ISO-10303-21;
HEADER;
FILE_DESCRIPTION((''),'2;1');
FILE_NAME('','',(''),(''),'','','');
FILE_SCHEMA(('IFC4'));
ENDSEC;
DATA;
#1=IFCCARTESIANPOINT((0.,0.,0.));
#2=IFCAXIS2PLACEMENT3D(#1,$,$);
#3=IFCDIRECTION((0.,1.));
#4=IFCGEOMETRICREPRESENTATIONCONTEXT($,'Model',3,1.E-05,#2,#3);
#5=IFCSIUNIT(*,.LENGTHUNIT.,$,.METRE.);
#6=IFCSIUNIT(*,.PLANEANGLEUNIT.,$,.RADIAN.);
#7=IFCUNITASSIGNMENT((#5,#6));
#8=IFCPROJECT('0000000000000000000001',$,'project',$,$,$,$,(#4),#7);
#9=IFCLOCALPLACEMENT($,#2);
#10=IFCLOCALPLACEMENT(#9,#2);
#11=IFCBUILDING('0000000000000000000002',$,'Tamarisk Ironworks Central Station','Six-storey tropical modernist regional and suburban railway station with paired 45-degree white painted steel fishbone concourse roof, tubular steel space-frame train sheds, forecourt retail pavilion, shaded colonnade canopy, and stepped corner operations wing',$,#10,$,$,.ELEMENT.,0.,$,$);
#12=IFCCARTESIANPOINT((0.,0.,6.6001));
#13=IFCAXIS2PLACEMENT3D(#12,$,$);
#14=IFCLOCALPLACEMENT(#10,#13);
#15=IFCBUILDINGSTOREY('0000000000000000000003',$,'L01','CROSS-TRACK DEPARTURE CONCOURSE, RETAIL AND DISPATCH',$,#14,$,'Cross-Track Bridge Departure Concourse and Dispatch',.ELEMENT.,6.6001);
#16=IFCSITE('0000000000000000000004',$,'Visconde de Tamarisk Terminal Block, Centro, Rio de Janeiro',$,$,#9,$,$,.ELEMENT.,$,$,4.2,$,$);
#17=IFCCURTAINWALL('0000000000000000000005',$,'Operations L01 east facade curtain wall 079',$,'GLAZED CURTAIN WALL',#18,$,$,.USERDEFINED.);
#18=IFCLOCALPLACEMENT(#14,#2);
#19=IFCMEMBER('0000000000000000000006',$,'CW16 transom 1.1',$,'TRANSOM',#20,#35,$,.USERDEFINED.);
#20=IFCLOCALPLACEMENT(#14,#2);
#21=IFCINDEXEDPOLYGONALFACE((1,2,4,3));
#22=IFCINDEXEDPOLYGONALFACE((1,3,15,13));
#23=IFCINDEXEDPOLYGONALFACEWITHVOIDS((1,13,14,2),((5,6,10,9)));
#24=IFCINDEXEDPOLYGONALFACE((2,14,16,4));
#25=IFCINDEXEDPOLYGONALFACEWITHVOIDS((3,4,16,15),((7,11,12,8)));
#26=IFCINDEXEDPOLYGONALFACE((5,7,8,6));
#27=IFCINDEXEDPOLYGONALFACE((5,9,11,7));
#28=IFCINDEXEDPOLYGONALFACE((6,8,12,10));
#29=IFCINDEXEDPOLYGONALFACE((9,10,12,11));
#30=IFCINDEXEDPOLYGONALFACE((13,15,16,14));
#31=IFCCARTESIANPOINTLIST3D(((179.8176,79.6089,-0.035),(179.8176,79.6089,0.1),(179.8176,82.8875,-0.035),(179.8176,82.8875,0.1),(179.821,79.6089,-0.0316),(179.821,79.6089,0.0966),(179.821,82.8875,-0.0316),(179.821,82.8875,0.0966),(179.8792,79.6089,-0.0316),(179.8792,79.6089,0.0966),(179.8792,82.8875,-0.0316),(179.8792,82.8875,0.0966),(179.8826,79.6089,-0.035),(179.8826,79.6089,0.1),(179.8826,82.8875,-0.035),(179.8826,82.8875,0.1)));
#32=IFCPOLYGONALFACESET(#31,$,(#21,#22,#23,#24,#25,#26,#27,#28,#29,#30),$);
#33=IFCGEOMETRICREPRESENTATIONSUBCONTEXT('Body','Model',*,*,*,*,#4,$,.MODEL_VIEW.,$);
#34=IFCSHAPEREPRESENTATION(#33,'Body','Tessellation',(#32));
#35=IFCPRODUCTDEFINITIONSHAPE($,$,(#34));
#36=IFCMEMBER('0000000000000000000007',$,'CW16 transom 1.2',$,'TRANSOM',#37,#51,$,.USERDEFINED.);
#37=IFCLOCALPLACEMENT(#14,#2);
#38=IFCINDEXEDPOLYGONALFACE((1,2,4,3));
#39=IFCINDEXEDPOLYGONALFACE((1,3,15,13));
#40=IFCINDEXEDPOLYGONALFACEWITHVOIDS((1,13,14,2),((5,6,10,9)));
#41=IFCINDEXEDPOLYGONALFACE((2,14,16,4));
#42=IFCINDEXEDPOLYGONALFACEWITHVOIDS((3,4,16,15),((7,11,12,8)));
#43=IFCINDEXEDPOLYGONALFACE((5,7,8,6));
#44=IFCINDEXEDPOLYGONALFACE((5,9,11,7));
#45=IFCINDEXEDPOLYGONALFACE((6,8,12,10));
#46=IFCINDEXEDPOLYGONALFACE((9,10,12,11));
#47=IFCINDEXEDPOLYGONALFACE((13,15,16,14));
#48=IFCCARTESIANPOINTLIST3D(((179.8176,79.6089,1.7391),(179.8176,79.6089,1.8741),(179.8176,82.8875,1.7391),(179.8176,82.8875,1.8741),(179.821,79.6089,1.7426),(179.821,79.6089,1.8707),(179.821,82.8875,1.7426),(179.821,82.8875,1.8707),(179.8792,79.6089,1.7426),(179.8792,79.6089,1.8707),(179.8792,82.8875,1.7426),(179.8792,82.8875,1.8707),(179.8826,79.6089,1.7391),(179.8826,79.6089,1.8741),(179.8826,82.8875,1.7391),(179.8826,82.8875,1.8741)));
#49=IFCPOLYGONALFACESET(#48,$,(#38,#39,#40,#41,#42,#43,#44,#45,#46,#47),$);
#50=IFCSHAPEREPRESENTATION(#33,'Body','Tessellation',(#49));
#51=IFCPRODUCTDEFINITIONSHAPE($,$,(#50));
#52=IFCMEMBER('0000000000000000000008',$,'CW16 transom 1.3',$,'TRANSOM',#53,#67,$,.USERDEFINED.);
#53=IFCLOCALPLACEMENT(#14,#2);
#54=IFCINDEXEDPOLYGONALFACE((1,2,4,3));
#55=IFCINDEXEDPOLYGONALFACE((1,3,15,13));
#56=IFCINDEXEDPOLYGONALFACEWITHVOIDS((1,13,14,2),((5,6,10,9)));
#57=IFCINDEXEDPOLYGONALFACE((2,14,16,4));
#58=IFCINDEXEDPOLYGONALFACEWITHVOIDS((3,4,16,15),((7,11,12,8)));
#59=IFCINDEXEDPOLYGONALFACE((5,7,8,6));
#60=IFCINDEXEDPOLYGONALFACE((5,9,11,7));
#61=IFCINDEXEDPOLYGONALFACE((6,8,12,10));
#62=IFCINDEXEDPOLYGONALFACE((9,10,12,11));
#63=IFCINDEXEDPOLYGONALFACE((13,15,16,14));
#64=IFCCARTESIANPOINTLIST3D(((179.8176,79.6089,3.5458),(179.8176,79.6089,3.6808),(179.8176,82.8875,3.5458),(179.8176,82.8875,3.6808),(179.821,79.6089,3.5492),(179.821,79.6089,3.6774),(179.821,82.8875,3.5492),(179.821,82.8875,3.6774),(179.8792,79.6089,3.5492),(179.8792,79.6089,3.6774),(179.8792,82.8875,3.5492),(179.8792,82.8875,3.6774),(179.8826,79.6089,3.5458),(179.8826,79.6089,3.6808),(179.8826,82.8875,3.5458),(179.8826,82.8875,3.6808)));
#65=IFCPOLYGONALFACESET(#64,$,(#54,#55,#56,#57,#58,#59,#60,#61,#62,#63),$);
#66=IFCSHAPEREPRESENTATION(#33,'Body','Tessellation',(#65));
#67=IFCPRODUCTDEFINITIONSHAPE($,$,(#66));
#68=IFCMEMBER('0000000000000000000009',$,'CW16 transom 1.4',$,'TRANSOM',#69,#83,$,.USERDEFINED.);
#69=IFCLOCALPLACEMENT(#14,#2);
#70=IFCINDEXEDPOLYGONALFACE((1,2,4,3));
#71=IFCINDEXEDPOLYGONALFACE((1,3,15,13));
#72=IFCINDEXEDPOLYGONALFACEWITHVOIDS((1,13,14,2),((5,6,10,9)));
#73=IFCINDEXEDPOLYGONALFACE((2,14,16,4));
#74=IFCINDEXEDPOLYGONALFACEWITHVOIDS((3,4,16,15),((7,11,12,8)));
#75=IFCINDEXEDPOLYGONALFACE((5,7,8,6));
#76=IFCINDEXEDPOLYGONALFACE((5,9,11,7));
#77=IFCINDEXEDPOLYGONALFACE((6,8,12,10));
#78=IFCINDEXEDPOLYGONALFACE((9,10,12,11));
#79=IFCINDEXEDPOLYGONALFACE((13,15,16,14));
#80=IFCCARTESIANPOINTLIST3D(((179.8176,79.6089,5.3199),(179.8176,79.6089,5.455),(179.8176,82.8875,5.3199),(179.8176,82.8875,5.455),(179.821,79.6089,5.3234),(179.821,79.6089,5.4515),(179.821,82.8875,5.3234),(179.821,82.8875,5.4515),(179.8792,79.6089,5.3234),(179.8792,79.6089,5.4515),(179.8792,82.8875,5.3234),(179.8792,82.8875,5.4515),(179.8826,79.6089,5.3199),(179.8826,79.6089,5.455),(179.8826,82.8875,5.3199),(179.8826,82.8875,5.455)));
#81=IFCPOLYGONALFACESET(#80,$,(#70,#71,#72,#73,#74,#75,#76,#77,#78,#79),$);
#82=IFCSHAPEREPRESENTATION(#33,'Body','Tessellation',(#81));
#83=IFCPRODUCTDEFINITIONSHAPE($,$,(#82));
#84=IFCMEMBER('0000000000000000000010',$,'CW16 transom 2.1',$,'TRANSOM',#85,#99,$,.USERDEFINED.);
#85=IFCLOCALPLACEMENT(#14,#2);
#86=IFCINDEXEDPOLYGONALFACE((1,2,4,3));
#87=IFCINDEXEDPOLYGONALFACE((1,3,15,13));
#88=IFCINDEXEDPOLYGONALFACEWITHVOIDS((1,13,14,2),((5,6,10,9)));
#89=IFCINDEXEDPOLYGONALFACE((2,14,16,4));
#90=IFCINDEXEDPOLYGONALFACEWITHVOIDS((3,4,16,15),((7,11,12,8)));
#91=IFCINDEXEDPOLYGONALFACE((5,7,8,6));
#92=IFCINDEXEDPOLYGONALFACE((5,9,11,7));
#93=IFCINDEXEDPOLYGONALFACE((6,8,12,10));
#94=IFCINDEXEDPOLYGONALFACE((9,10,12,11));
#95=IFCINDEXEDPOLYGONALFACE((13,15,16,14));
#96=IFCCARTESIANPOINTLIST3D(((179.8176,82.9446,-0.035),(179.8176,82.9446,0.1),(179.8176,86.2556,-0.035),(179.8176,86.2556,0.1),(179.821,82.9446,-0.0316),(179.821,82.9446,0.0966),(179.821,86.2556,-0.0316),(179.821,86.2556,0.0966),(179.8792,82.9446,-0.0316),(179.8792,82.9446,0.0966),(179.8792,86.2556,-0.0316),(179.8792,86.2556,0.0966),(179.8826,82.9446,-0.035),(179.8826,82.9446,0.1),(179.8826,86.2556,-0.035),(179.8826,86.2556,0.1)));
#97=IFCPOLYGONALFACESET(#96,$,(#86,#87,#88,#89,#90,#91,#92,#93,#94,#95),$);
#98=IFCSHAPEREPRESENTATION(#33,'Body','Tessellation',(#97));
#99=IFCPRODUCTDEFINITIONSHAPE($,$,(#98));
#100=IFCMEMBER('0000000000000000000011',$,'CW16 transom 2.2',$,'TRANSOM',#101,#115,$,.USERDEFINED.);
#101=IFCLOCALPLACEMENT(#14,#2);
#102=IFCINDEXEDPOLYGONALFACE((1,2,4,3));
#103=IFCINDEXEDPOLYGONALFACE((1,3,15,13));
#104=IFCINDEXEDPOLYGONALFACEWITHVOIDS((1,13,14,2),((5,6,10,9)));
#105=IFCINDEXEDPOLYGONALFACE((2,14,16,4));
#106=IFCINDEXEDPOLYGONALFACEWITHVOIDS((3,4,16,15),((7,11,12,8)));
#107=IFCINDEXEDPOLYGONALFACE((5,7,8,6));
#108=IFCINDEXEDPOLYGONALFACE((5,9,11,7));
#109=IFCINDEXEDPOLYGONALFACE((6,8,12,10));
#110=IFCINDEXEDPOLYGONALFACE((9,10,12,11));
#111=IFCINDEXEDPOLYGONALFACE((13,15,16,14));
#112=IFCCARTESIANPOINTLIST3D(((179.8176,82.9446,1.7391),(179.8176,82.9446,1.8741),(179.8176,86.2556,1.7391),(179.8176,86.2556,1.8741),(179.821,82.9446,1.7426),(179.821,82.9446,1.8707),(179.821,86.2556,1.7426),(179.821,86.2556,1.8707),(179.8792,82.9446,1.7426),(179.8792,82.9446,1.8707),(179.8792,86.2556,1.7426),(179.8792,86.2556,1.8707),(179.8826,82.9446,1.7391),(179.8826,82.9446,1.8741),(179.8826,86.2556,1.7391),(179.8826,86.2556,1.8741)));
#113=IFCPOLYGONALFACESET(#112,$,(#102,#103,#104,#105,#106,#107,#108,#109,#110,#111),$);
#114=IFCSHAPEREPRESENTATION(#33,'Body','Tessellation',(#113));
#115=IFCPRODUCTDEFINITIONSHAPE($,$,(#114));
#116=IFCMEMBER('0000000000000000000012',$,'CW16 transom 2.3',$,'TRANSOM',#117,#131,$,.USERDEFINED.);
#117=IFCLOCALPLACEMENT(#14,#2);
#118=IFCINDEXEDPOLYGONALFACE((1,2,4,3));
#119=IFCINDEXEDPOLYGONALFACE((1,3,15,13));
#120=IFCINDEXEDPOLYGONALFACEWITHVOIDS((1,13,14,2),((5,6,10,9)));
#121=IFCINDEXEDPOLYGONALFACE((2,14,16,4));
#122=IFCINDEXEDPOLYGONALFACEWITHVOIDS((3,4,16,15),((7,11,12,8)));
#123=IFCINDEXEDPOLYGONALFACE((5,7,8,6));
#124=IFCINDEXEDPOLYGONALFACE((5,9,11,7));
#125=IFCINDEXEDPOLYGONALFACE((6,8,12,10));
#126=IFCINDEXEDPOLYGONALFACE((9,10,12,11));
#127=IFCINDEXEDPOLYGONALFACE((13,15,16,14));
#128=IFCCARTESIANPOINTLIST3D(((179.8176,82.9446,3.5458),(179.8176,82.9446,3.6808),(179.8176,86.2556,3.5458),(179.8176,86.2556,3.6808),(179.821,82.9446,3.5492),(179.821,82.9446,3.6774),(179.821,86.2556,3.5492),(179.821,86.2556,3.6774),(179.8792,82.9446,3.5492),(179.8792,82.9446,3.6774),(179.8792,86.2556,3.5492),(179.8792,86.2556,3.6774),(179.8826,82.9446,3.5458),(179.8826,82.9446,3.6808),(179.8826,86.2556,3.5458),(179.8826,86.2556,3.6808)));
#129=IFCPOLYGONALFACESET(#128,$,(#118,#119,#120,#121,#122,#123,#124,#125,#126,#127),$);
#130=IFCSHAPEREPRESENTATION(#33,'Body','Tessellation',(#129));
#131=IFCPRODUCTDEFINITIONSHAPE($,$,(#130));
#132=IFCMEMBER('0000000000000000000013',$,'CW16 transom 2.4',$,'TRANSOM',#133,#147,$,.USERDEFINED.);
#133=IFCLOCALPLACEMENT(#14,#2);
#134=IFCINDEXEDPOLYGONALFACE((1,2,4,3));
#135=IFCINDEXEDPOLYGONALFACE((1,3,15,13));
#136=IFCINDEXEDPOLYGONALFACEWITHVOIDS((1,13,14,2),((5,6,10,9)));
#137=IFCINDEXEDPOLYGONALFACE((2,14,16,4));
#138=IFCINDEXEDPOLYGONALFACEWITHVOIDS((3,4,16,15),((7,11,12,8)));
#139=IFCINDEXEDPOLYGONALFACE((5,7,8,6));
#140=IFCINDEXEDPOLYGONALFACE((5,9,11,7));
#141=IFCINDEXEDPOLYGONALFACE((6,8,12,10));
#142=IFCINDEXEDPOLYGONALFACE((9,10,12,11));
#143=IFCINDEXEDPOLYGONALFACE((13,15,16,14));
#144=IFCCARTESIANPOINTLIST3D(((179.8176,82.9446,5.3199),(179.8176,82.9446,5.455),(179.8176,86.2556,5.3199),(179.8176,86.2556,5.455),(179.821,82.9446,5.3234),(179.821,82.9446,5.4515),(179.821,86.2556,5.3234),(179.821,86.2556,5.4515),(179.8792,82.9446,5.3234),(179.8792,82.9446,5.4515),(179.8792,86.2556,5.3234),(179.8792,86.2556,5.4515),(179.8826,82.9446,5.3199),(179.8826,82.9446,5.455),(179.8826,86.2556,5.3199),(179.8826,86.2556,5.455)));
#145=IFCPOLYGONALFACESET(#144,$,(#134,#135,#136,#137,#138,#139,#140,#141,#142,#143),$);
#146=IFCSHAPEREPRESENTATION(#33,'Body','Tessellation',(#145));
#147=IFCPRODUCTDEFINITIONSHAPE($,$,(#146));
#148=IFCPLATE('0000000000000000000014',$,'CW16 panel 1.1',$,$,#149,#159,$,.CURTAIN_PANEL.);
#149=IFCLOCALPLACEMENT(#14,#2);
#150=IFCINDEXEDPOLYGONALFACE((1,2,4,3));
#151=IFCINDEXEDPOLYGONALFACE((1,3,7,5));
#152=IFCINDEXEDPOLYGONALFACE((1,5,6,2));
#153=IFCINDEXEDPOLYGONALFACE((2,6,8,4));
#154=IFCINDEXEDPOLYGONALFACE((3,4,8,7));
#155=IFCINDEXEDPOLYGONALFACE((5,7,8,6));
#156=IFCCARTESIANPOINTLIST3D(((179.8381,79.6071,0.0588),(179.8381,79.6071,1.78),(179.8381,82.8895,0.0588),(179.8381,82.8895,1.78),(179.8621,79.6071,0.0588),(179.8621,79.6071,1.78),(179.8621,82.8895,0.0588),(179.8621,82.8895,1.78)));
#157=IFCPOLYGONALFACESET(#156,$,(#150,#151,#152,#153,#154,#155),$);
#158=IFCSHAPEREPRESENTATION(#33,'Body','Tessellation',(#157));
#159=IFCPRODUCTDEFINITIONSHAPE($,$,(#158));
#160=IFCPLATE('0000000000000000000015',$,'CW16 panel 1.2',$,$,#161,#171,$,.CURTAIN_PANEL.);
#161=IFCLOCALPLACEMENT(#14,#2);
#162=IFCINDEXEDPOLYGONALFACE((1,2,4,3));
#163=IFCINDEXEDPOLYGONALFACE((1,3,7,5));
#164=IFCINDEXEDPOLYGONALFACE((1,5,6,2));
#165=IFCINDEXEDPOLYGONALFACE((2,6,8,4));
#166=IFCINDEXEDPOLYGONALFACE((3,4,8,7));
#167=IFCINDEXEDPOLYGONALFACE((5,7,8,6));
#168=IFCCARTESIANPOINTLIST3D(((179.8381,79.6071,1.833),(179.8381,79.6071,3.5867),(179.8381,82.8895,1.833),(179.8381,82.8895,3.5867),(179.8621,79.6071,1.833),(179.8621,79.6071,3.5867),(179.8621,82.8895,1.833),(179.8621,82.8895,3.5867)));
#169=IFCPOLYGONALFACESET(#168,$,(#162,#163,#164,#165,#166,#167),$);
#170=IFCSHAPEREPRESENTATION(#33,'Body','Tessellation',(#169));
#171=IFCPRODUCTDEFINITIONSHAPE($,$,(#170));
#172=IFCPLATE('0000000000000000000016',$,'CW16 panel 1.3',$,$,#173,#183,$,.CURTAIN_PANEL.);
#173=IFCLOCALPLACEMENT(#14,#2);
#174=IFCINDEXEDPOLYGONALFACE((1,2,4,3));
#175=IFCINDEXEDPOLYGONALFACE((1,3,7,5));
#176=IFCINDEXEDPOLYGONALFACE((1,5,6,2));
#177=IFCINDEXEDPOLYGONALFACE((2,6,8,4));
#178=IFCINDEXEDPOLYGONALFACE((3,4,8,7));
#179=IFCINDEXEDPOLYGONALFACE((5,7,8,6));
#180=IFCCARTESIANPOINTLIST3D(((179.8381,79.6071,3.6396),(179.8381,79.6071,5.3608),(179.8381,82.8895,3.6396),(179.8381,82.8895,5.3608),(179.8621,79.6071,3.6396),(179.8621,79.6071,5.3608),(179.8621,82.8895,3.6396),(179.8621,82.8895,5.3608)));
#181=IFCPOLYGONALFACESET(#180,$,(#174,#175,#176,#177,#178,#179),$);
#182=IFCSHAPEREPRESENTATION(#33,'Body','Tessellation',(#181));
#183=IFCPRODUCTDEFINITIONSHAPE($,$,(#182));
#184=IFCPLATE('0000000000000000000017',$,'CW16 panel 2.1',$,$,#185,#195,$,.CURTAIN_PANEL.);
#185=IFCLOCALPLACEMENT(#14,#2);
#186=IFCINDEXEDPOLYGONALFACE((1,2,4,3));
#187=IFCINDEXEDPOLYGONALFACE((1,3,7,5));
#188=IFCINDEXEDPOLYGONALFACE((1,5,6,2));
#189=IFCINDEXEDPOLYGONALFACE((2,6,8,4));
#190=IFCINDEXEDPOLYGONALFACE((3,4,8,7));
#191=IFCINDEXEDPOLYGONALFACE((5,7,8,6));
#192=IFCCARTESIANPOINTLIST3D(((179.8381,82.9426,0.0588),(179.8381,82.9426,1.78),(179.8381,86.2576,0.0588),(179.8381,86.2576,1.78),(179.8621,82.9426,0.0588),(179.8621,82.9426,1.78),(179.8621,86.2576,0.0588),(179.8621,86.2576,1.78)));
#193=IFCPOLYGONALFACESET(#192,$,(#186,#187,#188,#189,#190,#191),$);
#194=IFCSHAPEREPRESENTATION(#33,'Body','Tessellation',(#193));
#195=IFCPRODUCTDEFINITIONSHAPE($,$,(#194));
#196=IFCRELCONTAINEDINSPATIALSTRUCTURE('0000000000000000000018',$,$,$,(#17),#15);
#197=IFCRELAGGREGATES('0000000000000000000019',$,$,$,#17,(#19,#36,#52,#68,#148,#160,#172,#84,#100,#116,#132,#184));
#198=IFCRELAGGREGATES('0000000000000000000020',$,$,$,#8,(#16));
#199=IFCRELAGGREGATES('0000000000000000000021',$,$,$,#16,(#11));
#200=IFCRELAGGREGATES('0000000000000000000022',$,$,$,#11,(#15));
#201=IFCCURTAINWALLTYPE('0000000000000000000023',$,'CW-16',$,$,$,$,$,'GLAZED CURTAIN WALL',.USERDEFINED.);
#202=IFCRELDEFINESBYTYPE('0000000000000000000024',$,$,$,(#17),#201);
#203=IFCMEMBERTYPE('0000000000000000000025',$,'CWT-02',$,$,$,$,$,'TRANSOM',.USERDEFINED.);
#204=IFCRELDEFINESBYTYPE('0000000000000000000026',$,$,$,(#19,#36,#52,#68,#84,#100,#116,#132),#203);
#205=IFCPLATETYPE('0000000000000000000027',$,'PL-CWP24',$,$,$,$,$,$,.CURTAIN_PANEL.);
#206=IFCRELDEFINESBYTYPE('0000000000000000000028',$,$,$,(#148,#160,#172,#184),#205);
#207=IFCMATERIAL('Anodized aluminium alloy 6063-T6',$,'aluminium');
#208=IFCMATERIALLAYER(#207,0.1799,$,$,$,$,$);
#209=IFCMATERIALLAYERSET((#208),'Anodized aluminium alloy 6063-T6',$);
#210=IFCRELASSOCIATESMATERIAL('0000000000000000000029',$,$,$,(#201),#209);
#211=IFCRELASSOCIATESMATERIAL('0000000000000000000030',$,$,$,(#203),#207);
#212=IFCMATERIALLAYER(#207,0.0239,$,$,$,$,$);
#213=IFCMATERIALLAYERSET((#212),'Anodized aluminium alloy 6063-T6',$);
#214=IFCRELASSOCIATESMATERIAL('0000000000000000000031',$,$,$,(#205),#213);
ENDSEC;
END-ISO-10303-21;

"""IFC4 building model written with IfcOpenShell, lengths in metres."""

from ifc_helpers import new_model, si_unit, direction, frame, origin, origin_2d, place, context, subcontext, project, spatial, rectangle, hollow_rectangle, extrude, material, layer, layer_set, material_profile, profile_set, type_object, element, aggregate, save


model = new_model("IFC4")

# Units and contexts
model_context = context("Model", 3, precision=1e-05, world=origin(), true_north=direction((0.0, 1.0)))
body_context = subcontext(model_context, "Body", "Model", "MODEL_VIEW")
ifc_project = project(units=[si_unit("LENGTHUNIT", "METRE"), si_unit("PLANEANGLEUNIT", "RADIAN")], contexts=[model_context])

# Site, building, storey
site_placement = place(None, origin())
site = spatial("IfcSite", under=ifc_project, at=site_placement, Name="Visconde de Tamarisk Terminal Block, Centro, Rio de Janeiro", CompositionType="ELEMENT", RefElevation=4.2)
building_placement = place(site_placement, origin())
building = spatial("IfcBuilding", under=site, at=building_placement, Name="Tamarisk Ironworks Central Station", Description="Six-storey tropical modernist regional and suburban railway station with paired 45-degree white painted steel fishbone concourse roof, tubular steel space-frame train sheds, forecourt retail pavilion, shaded colonnade canopy, and stepped corner operations wing", CompositionType="ELEMENT", ElevationOfRefHeight=0.0)
storey_placement = place(building_placement, frame((0.0, 0.0, 6.6001)))
storey = spatial("IfcBuildingStorey", under=building, at=storey_placement, Name="L01", Description="CROSS-TRACK DEPARTURE CONCOURSE, RETAIL AND DISPATCH", LongName="Cross-Track Bridge Departure Concourse and Dispatch", CompositionType="ELEMENT", Elevation=6.6001)

# Curtain wall, members, plates
ifc_material_1 = material(Name="Anodized aluminium alloy 6063-T6", Category="aluminium")
ifc_layer_1 = layer(ifc_material_1, 0.1799)
ifc_layer_set_1 = layer_set([ifc_layer_1], Name="Anodized aluminium alloy 6063-T6")
curtain_wall_type = type_object("IfcCurtainWallType", Name="CW-16", ElementType="GLAZED CURTAIN WALL", PredefinedType="USERDEFINED", material=ifc_layer_set_1)
curtain_wall_placement = place(storey_placement, origin())
curtain_wall = element("IfcCurtainWall", 1, at=curtain_wall_placement, inside=storey, type_object=curtain_wall_type, Name="Operations L01 east facade curtain wall 079", ObjectType="GLAZED CURTAIN WALL", PredefinedType="USERDEFINED")
ifc_material_profile_1 = material_profile(ifc_material_1, hollow_rectangle(XDim=0.0649, YDim=0.135, WallThickness=0.0034, at=origin_2d()), Name="ALUM 135x65")
ifc_profile_set_1 = profile_set([ifc_material_profile_1], Name="Anodized aluminium alloy 6063-T6")
member_type_1 = type_object("IfcMemberType", Name="CWT-02", ElementType="TRANSOM", PredefinedType="USERDEFINED", material=ifc_profile_set_1)
member_1_placement = place(storey_placement, frame((179.8501, 79.6089, 0.0325), z_axis=(0.0, 1.0, 0.0), x_axis=(-1.0, 0.0, 0.0)))
member_1 = element("IfcMember", 2, at=member_1_placement, type_object=member_type_1, Name="CW16 transom 1.1", ObjectType="TRANSOM", PredefinedType="USERDEFINED", context=body_context, shape_type="SweptSolid", body=[
    extrude(hollow_rectangle(XDim=0.0649, YDim=0.135, WallThickness=0.0034, at=origin_2d()), origin(), (0.0, 0.0, 1.0), 3.2786),
])
member_2_placement = place(storey_placement, frame((179.8501, 79.6089, 1.8066), z_axis=(0.0, 1.0, 0.0), x_axis=(-1.0, 0.0, 0.0)))
member_2 = element("IfcMember", 3, at=member_2_placement, type_object=member_type_1, Name="CW16 transom 1.2", ObjectType="TRANSOM", PredefinedType="USERDEFINED", context=body_context, shape_type="SweptSolid", body=[
    extrude(hollow_rectangle(XDim=0.0649, YDim=0.135, WallThickness=0.0034, at=origin_2d()), origin(), (0.0, 0.0, 1.0), 3.2786),
])
member_3_placement = place(storey_placement, frame((179.8501, 79.6089, 3.6133), z_axis=(0.0, 1.0, 0.0), x_axis=(-1.0, 0.0, 0.0)))
member_3 = element("IfcMember", 4, at=member_3_placement, type_object=member_type_1, Name="CW16 transom 1.3", ObjectType="TRANSOM", PredefinedType="USERDEFINED", context=body_context, shape_type="SweptSolid", body=[
    extrude(hollow_rectangle(XDim=0.0649, YDim=0.135, WallThickness=0.0034, at=origin_2d()), origin(), (0.0, 0.0, 1.0), 3.2786),
])
member_4_placement = place(storey_placement, frame((179.8501, 79.6089, 5.3875), z_axis=(0.0, 1.0, 0.0), x_axis=(-1.0, 0.0, 0.0)))
member_4 = element("IfcMember", 5, at=member_4_placement, type_object=member_type_1, Name="CW16 transom 1.4", ObjectType="TRANSOM", PredefinedType="USERDEFINED", context=body_context, shape_type="SweptSolid", body=[
    extrude(hollow_rectangle(XDim=0.0649, YDim=0.135, WallThickness=0.0034, at=origin_2d()), origin(), (0.0, 0.0, 1.0), 3.2786),
])
member_5_placement = place(storey_placement, frame((179.8501, 82.9446, 0.0325), z_axis=(0.0, 1.0, 0.0), x_axis=(-1.0, 0.0, 0.0)))
member_5 = element("IfcMember", 6, at=member_5_placement, type_object=member_type_1, Name="CW16 transom 2.1", ObjectType="TRANSOM", PredefinedType="USERDEFINED", context=body_context, shape_type="SweptSolid", body=[
    extrude(hollow_rectangle(XDim=0.0649, YDim=0.135, WallThickness=0.0034, at=origin_2d()), origin(), (0.0, 0.0, 1.0), 3.311),
])
member_6_placement = place(storey_placement, frame((179.8501, 82.9446, 1.8066), z_axis=(0.0, 1.0, 0.0), x_axis=(-1.0, 0.0, 0.0)))
member_6 = element("IfcMember", 7, at=member_6_placement, type_object=member_type_1, Name="CW16 transom 2.2", ObjectType="TRANSOM", PredefinedType="USERDEFINED", context=body_context, shape_type="SweptSolid", body=[
    extrude(hollow_rectangle(XDim=0.0649, YDim=0.135, WallThickness=0.0034, at=origin_2d()), origin(), (0.0, 0.0, 1.0), 3.311),
])
member_7_placement = place(storey_placement, frame((179.8501, 82.9446, 3.6133), z_axis=(0.0, 1.0, 0.0), x_axis=(-1.0, 0.0, 0.0)))
member_7 = element("IfcMember", 8, at=member_7_placement, type_object=member_type_1, Name="CW16 transom 2.3", ObjectType="TRANSOM", PredefinedType="USERDEFINED", context=body_context, shape_type="SweptSolid", body=[
    extrude(hollow_rectangle(XDim=0.0649, YDim=0.135, WallThickness=0.0034, at=origin_2d()), origin(), (0.0, 0.0, 1.0), 3.311),
])
member_8_placement = place(storey_placement, frame((179.8501, 82.9446, 5.3875), z_axis=(0.0, 1.0, 0.0), x_axis=(-1.0, 0.0, 0.0)))
member_8 = element("IfcMember", 9, at=member_8_placement, type_object=member_type_1, Name="CW16 transom 2.4", ObjectType="TRANSOM", PredefinedType="USERDEFINED", context=body_context, shape_type="SweptSolid", body=[
    extrude(hollow_rectangle(XDim=0.0649, YDim=0.135, WallThickness=0.0034, at=origin_2d()), origin(), (0.0, 0.0, 1.0), 3.311),
])
ifc_layer_2 = layer(ifc_material_1, 0.0239)
ifc_layer_set_2 = layer_set([ifc_layer_2], Name="Anodized aluminium alloy 6063-T6")
plate_type = type_object("IfcPlateType", Name="PL-CWP24", PredefinedType="CURTAIN_PANEL", material=ifc_layer_set_2)
plate_1_placement = place(storey_placement, frame((179.8501, 81.2483, 0.0588), z_axis=(0.0, 0.0, 1.0), x_axis=(0.0, 1.0, 0.0)))
plate_1 = element("IfcPlate", 10, at=plate_1_placement, type_object=plate_type, Name="CW16 panel 1.1", PredefinedType="CURTAIN_PANEL", context=body_context, shape_type="SweptSolid", body=[
    extrude(rectangle(XDim=3.2825, YDim=0.0239, at=origin_2d()), origin(), (0.0, 0.0, 1.0), 1.7212),
])
plate_2_placement = place(storey_placement, frame((179.8501, 81.2483, 1.833), z_axis=(0.0, 0.0, 1.0), x_axis=(0.0, 1.0, 0.0)))
plate_2 = element("IfcPlate", 11, at=plate_2_placement, type_object=plate_type, Name="CW16 panel 1.2", PredefinedType="CURTAIN_PANEL", context=body_context, shape_type="SweptSolid", body=[
    extrude(rectangle(XDim=3.2825, YDim=0.0239, at=origin_2d()), origin(), (0.0, 0.0, 1.0), 1.7537),
])
plate_3_placement = place(storey_placement, frame((179.8501, 81.2483, 3.6396), z_axis=(0.0, 0.0, 1.0), x_axis=(0.0, 1.0, 0.0)))
plate_3 = element("IfcPlate", 12, at=plate_3_placement, type_object=plate_type, Name="CW16 panel 1.3", PredefinedType="CURTAIN_PANEL", context=body_context, shape_type="SweptSolid", body=[
    extrude(rectangle(XDim=3.2825, YDim=0.0239, at=origin_2d()), origin(), (0.0, 0.0, 1.0), 1.7212),
])
plate_4_placement = place(storey_placement, frame((179.8501, 84.6001, 0.0588), z_axis=(0.0, 0.0, 1.0), x_axis=(0.0, 1.0, 0.0)))
plate_4 = element("IfcPlate", 13, at=plate_4_placement, type_object=plate_type, Name="CW16 panel 2.1", PredefinedType="CURTAIN_PANEL", context=body_context, shape_type="SweptSolid", body=[
    extrude(rectangle(XDim=3.3149, YDim=0.0239, at=origin_2d()), origin(), (0.0, 0.0, 1.0), 1.7212),
])
aggregate(curtain_wall, [member_1, member_2, member_3, member_4, plate_1, plate_2, plate_3, member_5, member_6, member_7, member_8, plate_4])

save(model, "model.ifc")
